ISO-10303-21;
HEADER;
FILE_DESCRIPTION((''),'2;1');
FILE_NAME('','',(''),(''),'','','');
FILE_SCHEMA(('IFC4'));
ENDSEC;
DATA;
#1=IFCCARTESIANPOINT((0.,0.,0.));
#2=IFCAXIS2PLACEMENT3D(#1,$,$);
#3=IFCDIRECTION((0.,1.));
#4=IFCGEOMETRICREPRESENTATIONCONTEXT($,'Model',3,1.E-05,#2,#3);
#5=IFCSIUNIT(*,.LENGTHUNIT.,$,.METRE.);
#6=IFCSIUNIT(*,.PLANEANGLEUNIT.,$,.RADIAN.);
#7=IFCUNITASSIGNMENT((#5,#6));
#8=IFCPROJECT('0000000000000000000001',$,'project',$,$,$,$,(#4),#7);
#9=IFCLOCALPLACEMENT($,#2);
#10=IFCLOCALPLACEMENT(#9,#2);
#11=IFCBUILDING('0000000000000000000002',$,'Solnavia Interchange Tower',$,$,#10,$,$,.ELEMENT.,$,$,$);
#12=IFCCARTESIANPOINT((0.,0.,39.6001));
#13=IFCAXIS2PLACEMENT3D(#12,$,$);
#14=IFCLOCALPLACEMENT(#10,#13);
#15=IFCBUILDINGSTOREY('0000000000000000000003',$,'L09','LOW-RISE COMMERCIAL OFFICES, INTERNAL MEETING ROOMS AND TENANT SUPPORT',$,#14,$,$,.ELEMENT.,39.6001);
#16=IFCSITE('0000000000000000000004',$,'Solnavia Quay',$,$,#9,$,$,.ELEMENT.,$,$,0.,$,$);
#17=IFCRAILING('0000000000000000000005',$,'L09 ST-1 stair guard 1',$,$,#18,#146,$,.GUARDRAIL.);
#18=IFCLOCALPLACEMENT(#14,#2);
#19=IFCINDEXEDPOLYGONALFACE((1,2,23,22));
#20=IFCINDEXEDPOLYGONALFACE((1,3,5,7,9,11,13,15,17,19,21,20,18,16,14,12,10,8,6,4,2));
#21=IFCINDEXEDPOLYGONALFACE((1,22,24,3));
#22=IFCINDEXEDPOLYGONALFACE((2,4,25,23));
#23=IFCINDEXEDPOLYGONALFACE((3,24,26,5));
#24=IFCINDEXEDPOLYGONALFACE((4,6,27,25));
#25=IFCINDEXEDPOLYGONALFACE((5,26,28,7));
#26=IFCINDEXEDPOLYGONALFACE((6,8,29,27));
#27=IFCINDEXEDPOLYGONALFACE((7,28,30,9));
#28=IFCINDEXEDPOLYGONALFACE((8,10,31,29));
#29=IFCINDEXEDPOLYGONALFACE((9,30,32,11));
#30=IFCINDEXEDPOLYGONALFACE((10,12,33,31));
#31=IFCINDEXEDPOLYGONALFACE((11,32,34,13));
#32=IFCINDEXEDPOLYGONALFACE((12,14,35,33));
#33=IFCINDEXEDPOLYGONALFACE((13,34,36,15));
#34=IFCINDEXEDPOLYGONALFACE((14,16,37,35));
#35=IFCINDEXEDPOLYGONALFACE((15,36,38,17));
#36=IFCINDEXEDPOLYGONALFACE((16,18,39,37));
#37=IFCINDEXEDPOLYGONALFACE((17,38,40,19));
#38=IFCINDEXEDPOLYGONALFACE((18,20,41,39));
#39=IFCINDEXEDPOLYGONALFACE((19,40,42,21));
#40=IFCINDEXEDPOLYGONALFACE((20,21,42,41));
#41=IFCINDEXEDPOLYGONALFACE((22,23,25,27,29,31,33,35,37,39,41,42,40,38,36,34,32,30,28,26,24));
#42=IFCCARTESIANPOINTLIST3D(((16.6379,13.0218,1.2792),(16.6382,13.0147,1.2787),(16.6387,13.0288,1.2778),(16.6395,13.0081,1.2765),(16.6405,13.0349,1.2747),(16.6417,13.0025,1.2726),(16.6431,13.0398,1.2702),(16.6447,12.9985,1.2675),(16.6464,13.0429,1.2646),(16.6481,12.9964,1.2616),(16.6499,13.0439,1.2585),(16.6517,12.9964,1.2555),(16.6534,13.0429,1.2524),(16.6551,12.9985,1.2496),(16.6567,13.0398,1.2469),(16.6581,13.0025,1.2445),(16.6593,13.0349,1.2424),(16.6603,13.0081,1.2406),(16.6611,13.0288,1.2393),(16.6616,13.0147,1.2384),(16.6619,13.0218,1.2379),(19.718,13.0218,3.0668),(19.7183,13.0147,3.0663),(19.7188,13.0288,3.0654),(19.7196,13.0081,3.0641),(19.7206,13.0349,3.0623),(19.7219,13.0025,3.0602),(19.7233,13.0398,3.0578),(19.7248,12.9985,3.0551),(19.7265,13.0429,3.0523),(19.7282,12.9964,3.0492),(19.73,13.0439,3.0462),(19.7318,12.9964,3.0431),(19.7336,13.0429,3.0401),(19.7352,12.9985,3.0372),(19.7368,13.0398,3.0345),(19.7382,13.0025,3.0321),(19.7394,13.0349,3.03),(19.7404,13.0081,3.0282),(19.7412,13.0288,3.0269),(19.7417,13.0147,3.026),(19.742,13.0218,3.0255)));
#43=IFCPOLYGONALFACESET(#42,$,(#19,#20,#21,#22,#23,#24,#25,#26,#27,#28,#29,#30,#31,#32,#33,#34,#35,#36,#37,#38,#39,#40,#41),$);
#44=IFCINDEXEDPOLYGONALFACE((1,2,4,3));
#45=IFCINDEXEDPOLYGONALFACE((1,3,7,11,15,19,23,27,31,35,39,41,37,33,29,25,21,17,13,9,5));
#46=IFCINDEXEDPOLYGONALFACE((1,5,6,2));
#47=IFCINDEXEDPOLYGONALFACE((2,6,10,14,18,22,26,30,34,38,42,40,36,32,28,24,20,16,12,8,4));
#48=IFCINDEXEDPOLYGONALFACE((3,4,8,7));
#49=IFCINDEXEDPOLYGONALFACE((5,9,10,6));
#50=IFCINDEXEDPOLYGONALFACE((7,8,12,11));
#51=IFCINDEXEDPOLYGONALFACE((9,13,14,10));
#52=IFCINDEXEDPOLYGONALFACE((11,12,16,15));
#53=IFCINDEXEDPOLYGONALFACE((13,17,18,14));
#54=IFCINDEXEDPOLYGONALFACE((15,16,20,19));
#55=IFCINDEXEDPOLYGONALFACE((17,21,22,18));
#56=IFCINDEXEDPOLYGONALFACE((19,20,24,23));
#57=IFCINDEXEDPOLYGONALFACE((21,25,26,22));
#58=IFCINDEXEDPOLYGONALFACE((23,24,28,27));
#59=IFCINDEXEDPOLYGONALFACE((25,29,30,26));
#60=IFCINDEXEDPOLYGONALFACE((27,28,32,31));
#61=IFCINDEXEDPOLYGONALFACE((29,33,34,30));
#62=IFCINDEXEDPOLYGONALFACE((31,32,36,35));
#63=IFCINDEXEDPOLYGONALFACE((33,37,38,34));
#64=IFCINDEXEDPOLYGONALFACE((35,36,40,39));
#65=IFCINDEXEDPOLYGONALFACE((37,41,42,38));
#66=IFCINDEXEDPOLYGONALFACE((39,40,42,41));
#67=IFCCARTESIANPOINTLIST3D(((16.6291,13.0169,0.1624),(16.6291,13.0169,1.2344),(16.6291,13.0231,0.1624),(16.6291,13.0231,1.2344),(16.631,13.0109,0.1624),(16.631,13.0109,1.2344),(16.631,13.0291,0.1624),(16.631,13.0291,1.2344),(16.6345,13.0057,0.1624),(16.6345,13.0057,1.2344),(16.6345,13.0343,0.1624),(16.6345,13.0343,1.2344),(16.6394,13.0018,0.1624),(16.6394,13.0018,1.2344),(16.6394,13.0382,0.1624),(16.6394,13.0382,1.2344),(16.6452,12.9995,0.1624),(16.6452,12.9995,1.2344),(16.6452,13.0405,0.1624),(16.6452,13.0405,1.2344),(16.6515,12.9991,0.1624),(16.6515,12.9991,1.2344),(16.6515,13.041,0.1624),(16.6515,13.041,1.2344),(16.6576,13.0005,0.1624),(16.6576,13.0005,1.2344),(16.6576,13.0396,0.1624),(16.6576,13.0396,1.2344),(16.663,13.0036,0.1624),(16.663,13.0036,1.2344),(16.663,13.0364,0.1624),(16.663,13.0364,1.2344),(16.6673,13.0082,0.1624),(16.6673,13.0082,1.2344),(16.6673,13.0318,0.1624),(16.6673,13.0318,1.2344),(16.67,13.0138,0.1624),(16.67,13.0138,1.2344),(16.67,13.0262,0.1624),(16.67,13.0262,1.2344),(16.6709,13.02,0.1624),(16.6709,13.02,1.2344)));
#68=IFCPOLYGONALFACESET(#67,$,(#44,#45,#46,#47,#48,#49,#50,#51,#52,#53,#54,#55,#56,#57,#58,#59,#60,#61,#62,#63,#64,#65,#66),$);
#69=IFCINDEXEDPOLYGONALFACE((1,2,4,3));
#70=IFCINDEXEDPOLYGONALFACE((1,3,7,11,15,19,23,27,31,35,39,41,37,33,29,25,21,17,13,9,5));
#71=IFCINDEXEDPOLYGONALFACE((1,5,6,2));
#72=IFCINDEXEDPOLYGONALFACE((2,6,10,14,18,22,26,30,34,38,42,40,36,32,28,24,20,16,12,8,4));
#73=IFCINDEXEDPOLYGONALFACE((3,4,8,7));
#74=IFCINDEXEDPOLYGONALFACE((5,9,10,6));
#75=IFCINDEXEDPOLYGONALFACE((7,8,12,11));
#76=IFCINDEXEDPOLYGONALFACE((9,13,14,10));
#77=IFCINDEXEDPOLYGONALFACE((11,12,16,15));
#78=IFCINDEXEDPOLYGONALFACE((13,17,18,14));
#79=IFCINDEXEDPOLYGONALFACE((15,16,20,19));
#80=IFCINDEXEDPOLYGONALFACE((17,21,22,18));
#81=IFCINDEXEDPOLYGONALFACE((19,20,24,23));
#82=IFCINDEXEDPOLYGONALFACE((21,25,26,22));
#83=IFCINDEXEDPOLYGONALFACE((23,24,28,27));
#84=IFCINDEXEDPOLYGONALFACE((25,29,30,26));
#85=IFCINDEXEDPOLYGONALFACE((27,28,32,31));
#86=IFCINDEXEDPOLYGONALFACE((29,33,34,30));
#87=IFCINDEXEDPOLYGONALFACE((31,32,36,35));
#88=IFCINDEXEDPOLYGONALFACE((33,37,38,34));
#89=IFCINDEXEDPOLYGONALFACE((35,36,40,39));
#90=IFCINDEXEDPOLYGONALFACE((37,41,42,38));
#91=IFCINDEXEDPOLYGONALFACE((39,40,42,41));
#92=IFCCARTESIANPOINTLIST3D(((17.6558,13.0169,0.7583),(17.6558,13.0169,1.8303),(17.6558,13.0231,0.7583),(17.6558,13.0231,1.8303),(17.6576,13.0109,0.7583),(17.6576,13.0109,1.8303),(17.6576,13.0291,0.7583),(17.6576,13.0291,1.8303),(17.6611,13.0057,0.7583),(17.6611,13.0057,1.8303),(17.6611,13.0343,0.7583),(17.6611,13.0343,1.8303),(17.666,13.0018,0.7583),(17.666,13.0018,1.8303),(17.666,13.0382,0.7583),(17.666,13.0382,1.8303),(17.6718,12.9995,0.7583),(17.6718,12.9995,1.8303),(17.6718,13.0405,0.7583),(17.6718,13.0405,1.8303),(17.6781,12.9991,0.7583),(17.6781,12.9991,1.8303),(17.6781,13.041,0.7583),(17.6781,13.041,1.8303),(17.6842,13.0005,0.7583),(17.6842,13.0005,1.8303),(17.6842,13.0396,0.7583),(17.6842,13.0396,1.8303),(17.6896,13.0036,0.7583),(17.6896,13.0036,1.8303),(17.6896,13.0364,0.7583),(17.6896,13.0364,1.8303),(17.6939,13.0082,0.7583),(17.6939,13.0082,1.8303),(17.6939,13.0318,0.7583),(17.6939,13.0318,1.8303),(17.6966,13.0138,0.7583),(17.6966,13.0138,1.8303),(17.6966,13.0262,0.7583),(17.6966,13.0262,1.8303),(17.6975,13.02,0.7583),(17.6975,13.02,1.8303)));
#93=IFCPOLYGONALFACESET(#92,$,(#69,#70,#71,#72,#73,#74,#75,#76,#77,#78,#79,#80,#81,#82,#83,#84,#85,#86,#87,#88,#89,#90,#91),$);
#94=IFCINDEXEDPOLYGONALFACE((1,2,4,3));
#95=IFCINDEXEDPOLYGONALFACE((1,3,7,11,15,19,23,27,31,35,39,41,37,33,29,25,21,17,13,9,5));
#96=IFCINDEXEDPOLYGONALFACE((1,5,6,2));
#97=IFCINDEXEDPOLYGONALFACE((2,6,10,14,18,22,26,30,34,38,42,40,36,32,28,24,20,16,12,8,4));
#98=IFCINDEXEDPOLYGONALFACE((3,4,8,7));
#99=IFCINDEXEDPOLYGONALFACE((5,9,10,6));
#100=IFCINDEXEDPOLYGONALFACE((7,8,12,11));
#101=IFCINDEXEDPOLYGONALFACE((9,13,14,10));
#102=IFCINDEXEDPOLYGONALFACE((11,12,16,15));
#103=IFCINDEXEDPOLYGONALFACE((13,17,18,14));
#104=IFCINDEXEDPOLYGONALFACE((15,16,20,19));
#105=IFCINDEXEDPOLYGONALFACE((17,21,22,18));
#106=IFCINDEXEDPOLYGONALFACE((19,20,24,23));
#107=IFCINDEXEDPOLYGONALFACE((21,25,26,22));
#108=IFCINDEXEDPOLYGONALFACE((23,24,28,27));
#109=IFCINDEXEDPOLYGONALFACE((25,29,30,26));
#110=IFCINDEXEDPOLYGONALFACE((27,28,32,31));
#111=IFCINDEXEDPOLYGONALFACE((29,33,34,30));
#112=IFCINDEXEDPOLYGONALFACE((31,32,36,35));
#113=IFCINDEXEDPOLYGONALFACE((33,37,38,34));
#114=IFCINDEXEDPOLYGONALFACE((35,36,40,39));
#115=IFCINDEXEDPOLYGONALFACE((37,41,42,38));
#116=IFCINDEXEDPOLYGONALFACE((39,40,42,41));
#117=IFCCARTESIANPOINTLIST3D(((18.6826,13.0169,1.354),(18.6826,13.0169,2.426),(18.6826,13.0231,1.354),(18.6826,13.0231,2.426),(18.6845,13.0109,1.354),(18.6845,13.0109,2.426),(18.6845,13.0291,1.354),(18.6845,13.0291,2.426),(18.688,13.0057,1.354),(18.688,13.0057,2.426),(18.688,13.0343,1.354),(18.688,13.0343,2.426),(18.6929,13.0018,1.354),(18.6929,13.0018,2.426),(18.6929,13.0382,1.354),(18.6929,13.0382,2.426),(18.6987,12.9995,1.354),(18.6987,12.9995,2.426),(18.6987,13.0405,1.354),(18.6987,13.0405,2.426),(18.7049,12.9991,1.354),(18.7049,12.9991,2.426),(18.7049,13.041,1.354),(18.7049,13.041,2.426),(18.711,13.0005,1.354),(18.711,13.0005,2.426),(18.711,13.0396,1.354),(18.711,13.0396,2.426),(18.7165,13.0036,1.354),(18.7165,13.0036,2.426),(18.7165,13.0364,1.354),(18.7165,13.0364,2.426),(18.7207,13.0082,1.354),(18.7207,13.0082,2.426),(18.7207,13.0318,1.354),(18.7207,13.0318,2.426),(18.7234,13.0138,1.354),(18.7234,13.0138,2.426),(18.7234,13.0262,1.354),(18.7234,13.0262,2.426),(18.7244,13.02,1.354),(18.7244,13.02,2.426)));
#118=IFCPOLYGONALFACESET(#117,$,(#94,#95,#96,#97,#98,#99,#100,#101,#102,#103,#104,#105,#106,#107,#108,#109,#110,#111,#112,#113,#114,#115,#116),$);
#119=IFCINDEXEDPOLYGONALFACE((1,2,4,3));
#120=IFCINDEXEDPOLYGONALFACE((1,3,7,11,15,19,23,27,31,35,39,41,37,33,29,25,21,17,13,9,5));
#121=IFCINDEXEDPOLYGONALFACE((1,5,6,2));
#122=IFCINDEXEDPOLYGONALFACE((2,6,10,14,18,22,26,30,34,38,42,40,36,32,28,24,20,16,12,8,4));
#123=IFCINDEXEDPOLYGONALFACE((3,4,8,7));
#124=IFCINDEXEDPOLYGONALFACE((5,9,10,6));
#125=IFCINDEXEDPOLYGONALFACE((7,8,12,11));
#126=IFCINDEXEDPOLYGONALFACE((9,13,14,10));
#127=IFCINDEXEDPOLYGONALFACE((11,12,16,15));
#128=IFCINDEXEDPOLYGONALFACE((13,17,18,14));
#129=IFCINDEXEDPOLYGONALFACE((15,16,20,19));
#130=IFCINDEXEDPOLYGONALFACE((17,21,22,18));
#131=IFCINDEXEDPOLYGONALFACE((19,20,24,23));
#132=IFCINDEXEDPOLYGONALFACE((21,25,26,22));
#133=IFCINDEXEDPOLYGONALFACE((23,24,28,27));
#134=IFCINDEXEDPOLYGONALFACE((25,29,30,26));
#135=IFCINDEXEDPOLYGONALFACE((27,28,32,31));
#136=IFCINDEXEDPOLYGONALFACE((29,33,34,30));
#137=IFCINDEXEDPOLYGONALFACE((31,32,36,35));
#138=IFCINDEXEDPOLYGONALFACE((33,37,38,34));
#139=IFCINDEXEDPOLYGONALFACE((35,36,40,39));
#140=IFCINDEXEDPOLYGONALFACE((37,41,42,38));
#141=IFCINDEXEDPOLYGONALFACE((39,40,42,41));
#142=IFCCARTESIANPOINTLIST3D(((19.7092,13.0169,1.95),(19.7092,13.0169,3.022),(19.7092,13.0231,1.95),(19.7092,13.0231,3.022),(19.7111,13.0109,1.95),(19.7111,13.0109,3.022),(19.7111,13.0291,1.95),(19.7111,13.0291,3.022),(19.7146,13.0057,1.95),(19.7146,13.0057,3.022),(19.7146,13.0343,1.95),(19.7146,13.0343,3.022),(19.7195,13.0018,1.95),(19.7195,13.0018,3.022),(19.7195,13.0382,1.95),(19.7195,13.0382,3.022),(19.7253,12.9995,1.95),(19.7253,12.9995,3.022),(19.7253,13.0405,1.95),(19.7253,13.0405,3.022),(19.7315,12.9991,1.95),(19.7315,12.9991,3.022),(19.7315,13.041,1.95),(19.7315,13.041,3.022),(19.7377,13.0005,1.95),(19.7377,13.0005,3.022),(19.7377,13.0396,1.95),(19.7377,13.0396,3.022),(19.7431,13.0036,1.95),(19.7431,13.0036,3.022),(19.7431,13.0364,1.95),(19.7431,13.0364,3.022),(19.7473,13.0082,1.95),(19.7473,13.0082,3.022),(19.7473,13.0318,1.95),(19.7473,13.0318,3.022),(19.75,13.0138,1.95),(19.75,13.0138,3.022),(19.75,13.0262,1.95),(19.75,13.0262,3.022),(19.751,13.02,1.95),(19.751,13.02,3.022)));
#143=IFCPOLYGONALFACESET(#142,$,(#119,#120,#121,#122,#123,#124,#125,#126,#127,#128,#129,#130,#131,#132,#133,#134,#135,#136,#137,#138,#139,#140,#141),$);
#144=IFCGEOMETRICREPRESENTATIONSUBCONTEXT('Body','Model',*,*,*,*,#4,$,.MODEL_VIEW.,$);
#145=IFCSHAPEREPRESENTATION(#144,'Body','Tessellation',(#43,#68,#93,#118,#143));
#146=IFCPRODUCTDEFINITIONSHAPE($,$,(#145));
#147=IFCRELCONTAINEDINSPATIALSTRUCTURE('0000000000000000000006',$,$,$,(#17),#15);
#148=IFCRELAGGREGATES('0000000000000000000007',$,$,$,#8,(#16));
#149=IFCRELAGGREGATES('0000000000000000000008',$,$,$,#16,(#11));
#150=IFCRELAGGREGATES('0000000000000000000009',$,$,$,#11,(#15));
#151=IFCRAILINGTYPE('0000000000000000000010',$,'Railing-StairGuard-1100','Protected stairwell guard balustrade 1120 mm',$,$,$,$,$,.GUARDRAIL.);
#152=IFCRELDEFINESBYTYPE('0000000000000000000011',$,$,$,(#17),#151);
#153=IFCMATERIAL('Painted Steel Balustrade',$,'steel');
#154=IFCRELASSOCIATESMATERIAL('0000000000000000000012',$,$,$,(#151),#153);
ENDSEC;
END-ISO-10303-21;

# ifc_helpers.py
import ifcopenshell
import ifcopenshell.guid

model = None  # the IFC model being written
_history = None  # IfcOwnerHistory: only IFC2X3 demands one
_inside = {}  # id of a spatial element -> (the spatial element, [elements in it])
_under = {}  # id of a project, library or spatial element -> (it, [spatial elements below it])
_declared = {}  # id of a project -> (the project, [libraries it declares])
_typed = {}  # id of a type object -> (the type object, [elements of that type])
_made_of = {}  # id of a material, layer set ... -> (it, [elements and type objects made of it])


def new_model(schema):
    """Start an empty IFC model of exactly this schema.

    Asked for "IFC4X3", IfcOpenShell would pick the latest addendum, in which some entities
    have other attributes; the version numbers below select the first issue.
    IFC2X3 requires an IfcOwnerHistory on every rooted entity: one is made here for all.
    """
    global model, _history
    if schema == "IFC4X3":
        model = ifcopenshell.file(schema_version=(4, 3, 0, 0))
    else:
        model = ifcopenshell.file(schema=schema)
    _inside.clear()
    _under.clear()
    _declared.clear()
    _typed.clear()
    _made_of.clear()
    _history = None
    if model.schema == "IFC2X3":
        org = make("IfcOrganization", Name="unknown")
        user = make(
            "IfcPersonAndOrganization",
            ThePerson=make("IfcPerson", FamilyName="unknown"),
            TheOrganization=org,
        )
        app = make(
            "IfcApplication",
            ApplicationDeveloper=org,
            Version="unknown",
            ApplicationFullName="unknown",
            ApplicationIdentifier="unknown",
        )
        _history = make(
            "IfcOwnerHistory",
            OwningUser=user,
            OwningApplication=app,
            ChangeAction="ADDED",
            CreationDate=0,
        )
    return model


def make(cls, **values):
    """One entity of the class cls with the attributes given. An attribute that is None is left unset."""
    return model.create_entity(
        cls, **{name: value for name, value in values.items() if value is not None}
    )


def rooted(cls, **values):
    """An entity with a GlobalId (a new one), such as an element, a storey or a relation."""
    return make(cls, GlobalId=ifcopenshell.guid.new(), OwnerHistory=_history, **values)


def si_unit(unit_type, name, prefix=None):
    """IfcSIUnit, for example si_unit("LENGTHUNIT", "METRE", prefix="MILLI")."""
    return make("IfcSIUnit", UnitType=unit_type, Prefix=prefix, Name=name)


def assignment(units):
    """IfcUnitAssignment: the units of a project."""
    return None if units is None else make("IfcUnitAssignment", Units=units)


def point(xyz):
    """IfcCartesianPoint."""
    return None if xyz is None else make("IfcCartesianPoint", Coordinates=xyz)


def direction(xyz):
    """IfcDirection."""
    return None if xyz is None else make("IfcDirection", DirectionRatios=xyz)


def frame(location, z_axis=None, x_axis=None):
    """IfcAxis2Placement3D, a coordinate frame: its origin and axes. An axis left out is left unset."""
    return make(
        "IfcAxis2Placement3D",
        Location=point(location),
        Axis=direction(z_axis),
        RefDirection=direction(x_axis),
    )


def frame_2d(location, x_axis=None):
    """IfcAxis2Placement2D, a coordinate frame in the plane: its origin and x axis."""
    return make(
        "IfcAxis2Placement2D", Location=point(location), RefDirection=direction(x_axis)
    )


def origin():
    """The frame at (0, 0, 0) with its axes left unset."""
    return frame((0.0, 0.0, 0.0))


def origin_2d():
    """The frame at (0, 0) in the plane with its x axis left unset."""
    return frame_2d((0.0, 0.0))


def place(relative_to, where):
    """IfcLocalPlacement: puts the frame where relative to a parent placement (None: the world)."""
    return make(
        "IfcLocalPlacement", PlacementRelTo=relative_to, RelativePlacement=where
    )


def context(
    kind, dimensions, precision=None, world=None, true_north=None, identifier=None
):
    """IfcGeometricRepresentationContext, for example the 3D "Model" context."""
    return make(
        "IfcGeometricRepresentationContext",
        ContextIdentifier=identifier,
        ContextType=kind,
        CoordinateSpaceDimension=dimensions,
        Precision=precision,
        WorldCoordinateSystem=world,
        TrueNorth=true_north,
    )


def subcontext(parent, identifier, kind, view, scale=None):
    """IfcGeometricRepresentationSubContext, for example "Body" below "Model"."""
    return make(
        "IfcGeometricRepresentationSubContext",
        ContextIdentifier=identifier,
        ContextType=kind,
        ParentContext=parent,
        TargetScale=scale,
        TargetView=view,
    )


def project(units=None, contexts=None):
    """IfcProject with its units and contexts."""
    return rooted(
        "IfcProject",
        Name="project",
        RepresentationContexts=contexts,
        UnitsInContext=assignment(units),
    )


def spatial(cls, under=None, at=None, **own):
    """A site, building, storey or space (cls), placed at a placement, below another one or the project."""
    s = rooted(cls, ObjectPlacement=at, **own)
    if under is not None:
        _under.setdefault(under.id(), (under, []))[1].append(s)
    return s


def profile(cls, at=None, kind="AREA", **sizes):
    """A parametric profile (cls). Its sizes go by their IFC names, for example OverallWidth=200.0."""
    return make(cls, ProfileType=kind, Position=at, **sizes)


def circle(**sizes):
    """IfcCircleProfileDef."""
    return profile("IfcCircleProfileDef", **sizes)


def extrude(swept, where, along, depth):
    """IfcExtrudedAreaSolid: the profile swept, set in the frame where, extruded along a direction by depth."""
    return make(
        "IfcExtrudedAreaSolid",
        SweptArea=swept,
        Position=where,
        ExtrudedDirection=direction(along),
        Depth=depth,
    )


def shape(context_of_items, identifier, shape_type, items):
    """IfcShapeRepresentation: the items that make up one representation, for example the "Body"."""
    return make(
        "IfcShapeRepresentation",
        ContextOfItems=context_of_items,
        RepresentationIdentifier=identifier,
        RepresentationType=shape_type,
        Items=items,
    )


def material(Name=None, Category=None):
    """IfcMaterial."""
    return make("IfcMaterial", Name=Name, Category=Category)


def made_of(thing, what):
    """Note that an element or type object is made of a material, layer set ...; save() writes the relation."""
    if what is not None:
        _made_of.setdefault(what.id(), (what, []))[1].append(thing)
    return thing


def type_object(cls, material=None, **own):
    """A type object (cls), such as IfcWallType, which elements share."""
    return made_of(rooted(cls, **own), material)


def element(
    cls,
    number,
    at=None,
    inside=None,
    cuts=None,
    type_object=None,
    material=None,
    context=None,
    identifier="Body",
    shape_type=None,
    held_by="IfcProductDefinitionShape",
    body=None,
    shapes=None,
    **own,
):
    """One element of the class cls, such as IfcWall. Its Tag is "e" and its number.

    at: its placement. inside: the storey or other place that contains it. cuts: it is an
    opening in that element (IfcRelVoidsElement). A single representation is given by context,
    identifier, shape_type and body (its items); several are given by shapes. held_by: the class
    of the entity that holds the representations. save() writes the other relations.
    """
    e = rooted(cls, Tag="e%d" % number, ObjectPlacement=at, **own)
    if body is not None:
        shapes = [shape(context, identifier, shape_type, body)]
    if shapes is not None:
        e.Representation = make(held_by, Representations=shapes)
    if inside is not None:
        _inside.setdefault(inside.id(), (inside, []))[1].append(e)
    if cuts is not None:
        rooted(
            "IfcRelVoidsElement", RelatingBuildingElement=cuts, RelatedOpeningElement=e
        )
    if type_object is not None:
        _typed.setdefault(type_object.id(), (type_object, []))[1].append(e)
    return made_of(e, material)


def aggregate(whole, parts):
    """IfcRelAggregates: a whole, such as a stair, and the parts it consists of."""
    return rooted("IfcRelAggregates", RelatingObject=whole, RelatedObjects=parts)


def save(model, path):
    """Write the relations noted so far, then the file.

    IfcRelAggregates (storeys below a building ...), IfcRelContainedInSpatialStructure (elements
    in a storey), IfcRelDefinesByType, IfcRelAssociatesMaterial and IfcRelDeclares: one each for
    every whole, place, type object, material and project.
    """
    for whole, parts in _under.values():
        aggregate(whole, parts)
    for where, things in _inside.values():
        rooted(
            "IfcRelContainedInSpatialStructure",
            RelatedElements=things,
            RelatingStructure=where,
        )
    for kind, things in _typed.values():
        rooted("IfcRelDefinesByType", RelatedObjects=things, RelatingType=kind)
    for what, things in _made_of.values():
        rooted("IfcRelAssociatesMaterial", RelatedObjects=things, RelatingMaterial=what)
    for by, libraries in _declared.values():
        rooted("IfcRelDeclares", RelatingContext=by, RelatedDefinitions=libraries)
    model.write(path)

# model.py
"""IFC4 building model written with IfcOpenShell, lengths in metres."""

from ifc_helpers import new_model, si_unit, direction, frame, origin, origin_2d, place, context, subcontext, project, spatial, circle, extrude, material, type_object, element, save


model = new_model("IFC4")

# Units and contexts
model_context = context("Model", 3, precision=1e-05, world=origin(), true_north=direction((0.0, 1.0)))
body_context = subcontext(model_context, "Body", "Model", "MODEL_VIEW")
ifc_project = project(units=[si_unit("LENGTHUNIT", "METRE"), si_unit("PLANEANGLEUNIT", "RADIAN")], contexts=[model_context])

# Site, building, storey
site_placement = place(None, origin())
site = spatial("IfcSite", under=ifc_project, at=site_placement, Name="Solnavia Quay", CompositionType="ELEMENT", RefElevation=0.0)
building_placement = place(site_placement, origin())
building = spatial("IfcBuilding", under=site, at=building_placement, Name="Solnavia Interchange Tower", CompositionType="ELEMENT")
storey_placement = place(building_placement, frame((0.0, 0.0, 39.6001)))
storey = spatial("IfcBuildingStorey", under=building, at=storey_placement, Name="L09", Description="LOW-RISE COMMERCIAL OFFICES, INTERNAL MEETING ROOMS AND TENANT SUPPORT", CompositionType="ELEMENT", Elevation=39.6001)

# Railing
ifc_material_1 = material(Name="Painted Steel Balustrade", Category="steel")
railing_type_1 = type_object("IfcRailingType", Name="Railing-StairGuard-1100", Description="Protected stairwell guard balustrade 1120 mm", PredefinedType="GUARDRAIL", material=ifc_material_1)
railing_1_placement = place(storey_placement, frame((16.6499, 13.02, 0.1624)))
element("IfcRailing", 1, at=railing_1_placement, inside=storey, type_object=railing_type_1, Name="L09 ST-1 stair guard 1", PredefinedType="GUARDRAIL", context=body_context, shape_type="SweptSolid", body=[
    extrude(circle(Radius=0.0239, at=origin_2d()), frame((0.0, 0.0, 1.0962), z_axis=(0.864891, 0.0, 0.50196), x_axis=(0.0, 1.0, 0.0)), (0.0, 0.0, 1.0), 3.5613),
    extrude(circle(Radius=0.021, at=origin_2d()), origin(), (0.0, 0.0, 1.0), 1.072),
    extrude(circle(Radius=0.021, at=origin_2d()), frame((1.0266, 0.0, 0.5959)), (0.0, 0.0, 1.0), 1.072),
    extrude(circle(Radius=0.021, at=origin_2d()), frame((2.0535, 0.0, 1.1917)), (0.0, 0.0, 1.0), 1.072),
    extrude(circle(Radius=0.021, at=origin_2d()), frame((3.0801, 0.0, 1.7876)), (0.0, 0.0, 1.0), 1.072),
])

save(model, "model.ifc")
